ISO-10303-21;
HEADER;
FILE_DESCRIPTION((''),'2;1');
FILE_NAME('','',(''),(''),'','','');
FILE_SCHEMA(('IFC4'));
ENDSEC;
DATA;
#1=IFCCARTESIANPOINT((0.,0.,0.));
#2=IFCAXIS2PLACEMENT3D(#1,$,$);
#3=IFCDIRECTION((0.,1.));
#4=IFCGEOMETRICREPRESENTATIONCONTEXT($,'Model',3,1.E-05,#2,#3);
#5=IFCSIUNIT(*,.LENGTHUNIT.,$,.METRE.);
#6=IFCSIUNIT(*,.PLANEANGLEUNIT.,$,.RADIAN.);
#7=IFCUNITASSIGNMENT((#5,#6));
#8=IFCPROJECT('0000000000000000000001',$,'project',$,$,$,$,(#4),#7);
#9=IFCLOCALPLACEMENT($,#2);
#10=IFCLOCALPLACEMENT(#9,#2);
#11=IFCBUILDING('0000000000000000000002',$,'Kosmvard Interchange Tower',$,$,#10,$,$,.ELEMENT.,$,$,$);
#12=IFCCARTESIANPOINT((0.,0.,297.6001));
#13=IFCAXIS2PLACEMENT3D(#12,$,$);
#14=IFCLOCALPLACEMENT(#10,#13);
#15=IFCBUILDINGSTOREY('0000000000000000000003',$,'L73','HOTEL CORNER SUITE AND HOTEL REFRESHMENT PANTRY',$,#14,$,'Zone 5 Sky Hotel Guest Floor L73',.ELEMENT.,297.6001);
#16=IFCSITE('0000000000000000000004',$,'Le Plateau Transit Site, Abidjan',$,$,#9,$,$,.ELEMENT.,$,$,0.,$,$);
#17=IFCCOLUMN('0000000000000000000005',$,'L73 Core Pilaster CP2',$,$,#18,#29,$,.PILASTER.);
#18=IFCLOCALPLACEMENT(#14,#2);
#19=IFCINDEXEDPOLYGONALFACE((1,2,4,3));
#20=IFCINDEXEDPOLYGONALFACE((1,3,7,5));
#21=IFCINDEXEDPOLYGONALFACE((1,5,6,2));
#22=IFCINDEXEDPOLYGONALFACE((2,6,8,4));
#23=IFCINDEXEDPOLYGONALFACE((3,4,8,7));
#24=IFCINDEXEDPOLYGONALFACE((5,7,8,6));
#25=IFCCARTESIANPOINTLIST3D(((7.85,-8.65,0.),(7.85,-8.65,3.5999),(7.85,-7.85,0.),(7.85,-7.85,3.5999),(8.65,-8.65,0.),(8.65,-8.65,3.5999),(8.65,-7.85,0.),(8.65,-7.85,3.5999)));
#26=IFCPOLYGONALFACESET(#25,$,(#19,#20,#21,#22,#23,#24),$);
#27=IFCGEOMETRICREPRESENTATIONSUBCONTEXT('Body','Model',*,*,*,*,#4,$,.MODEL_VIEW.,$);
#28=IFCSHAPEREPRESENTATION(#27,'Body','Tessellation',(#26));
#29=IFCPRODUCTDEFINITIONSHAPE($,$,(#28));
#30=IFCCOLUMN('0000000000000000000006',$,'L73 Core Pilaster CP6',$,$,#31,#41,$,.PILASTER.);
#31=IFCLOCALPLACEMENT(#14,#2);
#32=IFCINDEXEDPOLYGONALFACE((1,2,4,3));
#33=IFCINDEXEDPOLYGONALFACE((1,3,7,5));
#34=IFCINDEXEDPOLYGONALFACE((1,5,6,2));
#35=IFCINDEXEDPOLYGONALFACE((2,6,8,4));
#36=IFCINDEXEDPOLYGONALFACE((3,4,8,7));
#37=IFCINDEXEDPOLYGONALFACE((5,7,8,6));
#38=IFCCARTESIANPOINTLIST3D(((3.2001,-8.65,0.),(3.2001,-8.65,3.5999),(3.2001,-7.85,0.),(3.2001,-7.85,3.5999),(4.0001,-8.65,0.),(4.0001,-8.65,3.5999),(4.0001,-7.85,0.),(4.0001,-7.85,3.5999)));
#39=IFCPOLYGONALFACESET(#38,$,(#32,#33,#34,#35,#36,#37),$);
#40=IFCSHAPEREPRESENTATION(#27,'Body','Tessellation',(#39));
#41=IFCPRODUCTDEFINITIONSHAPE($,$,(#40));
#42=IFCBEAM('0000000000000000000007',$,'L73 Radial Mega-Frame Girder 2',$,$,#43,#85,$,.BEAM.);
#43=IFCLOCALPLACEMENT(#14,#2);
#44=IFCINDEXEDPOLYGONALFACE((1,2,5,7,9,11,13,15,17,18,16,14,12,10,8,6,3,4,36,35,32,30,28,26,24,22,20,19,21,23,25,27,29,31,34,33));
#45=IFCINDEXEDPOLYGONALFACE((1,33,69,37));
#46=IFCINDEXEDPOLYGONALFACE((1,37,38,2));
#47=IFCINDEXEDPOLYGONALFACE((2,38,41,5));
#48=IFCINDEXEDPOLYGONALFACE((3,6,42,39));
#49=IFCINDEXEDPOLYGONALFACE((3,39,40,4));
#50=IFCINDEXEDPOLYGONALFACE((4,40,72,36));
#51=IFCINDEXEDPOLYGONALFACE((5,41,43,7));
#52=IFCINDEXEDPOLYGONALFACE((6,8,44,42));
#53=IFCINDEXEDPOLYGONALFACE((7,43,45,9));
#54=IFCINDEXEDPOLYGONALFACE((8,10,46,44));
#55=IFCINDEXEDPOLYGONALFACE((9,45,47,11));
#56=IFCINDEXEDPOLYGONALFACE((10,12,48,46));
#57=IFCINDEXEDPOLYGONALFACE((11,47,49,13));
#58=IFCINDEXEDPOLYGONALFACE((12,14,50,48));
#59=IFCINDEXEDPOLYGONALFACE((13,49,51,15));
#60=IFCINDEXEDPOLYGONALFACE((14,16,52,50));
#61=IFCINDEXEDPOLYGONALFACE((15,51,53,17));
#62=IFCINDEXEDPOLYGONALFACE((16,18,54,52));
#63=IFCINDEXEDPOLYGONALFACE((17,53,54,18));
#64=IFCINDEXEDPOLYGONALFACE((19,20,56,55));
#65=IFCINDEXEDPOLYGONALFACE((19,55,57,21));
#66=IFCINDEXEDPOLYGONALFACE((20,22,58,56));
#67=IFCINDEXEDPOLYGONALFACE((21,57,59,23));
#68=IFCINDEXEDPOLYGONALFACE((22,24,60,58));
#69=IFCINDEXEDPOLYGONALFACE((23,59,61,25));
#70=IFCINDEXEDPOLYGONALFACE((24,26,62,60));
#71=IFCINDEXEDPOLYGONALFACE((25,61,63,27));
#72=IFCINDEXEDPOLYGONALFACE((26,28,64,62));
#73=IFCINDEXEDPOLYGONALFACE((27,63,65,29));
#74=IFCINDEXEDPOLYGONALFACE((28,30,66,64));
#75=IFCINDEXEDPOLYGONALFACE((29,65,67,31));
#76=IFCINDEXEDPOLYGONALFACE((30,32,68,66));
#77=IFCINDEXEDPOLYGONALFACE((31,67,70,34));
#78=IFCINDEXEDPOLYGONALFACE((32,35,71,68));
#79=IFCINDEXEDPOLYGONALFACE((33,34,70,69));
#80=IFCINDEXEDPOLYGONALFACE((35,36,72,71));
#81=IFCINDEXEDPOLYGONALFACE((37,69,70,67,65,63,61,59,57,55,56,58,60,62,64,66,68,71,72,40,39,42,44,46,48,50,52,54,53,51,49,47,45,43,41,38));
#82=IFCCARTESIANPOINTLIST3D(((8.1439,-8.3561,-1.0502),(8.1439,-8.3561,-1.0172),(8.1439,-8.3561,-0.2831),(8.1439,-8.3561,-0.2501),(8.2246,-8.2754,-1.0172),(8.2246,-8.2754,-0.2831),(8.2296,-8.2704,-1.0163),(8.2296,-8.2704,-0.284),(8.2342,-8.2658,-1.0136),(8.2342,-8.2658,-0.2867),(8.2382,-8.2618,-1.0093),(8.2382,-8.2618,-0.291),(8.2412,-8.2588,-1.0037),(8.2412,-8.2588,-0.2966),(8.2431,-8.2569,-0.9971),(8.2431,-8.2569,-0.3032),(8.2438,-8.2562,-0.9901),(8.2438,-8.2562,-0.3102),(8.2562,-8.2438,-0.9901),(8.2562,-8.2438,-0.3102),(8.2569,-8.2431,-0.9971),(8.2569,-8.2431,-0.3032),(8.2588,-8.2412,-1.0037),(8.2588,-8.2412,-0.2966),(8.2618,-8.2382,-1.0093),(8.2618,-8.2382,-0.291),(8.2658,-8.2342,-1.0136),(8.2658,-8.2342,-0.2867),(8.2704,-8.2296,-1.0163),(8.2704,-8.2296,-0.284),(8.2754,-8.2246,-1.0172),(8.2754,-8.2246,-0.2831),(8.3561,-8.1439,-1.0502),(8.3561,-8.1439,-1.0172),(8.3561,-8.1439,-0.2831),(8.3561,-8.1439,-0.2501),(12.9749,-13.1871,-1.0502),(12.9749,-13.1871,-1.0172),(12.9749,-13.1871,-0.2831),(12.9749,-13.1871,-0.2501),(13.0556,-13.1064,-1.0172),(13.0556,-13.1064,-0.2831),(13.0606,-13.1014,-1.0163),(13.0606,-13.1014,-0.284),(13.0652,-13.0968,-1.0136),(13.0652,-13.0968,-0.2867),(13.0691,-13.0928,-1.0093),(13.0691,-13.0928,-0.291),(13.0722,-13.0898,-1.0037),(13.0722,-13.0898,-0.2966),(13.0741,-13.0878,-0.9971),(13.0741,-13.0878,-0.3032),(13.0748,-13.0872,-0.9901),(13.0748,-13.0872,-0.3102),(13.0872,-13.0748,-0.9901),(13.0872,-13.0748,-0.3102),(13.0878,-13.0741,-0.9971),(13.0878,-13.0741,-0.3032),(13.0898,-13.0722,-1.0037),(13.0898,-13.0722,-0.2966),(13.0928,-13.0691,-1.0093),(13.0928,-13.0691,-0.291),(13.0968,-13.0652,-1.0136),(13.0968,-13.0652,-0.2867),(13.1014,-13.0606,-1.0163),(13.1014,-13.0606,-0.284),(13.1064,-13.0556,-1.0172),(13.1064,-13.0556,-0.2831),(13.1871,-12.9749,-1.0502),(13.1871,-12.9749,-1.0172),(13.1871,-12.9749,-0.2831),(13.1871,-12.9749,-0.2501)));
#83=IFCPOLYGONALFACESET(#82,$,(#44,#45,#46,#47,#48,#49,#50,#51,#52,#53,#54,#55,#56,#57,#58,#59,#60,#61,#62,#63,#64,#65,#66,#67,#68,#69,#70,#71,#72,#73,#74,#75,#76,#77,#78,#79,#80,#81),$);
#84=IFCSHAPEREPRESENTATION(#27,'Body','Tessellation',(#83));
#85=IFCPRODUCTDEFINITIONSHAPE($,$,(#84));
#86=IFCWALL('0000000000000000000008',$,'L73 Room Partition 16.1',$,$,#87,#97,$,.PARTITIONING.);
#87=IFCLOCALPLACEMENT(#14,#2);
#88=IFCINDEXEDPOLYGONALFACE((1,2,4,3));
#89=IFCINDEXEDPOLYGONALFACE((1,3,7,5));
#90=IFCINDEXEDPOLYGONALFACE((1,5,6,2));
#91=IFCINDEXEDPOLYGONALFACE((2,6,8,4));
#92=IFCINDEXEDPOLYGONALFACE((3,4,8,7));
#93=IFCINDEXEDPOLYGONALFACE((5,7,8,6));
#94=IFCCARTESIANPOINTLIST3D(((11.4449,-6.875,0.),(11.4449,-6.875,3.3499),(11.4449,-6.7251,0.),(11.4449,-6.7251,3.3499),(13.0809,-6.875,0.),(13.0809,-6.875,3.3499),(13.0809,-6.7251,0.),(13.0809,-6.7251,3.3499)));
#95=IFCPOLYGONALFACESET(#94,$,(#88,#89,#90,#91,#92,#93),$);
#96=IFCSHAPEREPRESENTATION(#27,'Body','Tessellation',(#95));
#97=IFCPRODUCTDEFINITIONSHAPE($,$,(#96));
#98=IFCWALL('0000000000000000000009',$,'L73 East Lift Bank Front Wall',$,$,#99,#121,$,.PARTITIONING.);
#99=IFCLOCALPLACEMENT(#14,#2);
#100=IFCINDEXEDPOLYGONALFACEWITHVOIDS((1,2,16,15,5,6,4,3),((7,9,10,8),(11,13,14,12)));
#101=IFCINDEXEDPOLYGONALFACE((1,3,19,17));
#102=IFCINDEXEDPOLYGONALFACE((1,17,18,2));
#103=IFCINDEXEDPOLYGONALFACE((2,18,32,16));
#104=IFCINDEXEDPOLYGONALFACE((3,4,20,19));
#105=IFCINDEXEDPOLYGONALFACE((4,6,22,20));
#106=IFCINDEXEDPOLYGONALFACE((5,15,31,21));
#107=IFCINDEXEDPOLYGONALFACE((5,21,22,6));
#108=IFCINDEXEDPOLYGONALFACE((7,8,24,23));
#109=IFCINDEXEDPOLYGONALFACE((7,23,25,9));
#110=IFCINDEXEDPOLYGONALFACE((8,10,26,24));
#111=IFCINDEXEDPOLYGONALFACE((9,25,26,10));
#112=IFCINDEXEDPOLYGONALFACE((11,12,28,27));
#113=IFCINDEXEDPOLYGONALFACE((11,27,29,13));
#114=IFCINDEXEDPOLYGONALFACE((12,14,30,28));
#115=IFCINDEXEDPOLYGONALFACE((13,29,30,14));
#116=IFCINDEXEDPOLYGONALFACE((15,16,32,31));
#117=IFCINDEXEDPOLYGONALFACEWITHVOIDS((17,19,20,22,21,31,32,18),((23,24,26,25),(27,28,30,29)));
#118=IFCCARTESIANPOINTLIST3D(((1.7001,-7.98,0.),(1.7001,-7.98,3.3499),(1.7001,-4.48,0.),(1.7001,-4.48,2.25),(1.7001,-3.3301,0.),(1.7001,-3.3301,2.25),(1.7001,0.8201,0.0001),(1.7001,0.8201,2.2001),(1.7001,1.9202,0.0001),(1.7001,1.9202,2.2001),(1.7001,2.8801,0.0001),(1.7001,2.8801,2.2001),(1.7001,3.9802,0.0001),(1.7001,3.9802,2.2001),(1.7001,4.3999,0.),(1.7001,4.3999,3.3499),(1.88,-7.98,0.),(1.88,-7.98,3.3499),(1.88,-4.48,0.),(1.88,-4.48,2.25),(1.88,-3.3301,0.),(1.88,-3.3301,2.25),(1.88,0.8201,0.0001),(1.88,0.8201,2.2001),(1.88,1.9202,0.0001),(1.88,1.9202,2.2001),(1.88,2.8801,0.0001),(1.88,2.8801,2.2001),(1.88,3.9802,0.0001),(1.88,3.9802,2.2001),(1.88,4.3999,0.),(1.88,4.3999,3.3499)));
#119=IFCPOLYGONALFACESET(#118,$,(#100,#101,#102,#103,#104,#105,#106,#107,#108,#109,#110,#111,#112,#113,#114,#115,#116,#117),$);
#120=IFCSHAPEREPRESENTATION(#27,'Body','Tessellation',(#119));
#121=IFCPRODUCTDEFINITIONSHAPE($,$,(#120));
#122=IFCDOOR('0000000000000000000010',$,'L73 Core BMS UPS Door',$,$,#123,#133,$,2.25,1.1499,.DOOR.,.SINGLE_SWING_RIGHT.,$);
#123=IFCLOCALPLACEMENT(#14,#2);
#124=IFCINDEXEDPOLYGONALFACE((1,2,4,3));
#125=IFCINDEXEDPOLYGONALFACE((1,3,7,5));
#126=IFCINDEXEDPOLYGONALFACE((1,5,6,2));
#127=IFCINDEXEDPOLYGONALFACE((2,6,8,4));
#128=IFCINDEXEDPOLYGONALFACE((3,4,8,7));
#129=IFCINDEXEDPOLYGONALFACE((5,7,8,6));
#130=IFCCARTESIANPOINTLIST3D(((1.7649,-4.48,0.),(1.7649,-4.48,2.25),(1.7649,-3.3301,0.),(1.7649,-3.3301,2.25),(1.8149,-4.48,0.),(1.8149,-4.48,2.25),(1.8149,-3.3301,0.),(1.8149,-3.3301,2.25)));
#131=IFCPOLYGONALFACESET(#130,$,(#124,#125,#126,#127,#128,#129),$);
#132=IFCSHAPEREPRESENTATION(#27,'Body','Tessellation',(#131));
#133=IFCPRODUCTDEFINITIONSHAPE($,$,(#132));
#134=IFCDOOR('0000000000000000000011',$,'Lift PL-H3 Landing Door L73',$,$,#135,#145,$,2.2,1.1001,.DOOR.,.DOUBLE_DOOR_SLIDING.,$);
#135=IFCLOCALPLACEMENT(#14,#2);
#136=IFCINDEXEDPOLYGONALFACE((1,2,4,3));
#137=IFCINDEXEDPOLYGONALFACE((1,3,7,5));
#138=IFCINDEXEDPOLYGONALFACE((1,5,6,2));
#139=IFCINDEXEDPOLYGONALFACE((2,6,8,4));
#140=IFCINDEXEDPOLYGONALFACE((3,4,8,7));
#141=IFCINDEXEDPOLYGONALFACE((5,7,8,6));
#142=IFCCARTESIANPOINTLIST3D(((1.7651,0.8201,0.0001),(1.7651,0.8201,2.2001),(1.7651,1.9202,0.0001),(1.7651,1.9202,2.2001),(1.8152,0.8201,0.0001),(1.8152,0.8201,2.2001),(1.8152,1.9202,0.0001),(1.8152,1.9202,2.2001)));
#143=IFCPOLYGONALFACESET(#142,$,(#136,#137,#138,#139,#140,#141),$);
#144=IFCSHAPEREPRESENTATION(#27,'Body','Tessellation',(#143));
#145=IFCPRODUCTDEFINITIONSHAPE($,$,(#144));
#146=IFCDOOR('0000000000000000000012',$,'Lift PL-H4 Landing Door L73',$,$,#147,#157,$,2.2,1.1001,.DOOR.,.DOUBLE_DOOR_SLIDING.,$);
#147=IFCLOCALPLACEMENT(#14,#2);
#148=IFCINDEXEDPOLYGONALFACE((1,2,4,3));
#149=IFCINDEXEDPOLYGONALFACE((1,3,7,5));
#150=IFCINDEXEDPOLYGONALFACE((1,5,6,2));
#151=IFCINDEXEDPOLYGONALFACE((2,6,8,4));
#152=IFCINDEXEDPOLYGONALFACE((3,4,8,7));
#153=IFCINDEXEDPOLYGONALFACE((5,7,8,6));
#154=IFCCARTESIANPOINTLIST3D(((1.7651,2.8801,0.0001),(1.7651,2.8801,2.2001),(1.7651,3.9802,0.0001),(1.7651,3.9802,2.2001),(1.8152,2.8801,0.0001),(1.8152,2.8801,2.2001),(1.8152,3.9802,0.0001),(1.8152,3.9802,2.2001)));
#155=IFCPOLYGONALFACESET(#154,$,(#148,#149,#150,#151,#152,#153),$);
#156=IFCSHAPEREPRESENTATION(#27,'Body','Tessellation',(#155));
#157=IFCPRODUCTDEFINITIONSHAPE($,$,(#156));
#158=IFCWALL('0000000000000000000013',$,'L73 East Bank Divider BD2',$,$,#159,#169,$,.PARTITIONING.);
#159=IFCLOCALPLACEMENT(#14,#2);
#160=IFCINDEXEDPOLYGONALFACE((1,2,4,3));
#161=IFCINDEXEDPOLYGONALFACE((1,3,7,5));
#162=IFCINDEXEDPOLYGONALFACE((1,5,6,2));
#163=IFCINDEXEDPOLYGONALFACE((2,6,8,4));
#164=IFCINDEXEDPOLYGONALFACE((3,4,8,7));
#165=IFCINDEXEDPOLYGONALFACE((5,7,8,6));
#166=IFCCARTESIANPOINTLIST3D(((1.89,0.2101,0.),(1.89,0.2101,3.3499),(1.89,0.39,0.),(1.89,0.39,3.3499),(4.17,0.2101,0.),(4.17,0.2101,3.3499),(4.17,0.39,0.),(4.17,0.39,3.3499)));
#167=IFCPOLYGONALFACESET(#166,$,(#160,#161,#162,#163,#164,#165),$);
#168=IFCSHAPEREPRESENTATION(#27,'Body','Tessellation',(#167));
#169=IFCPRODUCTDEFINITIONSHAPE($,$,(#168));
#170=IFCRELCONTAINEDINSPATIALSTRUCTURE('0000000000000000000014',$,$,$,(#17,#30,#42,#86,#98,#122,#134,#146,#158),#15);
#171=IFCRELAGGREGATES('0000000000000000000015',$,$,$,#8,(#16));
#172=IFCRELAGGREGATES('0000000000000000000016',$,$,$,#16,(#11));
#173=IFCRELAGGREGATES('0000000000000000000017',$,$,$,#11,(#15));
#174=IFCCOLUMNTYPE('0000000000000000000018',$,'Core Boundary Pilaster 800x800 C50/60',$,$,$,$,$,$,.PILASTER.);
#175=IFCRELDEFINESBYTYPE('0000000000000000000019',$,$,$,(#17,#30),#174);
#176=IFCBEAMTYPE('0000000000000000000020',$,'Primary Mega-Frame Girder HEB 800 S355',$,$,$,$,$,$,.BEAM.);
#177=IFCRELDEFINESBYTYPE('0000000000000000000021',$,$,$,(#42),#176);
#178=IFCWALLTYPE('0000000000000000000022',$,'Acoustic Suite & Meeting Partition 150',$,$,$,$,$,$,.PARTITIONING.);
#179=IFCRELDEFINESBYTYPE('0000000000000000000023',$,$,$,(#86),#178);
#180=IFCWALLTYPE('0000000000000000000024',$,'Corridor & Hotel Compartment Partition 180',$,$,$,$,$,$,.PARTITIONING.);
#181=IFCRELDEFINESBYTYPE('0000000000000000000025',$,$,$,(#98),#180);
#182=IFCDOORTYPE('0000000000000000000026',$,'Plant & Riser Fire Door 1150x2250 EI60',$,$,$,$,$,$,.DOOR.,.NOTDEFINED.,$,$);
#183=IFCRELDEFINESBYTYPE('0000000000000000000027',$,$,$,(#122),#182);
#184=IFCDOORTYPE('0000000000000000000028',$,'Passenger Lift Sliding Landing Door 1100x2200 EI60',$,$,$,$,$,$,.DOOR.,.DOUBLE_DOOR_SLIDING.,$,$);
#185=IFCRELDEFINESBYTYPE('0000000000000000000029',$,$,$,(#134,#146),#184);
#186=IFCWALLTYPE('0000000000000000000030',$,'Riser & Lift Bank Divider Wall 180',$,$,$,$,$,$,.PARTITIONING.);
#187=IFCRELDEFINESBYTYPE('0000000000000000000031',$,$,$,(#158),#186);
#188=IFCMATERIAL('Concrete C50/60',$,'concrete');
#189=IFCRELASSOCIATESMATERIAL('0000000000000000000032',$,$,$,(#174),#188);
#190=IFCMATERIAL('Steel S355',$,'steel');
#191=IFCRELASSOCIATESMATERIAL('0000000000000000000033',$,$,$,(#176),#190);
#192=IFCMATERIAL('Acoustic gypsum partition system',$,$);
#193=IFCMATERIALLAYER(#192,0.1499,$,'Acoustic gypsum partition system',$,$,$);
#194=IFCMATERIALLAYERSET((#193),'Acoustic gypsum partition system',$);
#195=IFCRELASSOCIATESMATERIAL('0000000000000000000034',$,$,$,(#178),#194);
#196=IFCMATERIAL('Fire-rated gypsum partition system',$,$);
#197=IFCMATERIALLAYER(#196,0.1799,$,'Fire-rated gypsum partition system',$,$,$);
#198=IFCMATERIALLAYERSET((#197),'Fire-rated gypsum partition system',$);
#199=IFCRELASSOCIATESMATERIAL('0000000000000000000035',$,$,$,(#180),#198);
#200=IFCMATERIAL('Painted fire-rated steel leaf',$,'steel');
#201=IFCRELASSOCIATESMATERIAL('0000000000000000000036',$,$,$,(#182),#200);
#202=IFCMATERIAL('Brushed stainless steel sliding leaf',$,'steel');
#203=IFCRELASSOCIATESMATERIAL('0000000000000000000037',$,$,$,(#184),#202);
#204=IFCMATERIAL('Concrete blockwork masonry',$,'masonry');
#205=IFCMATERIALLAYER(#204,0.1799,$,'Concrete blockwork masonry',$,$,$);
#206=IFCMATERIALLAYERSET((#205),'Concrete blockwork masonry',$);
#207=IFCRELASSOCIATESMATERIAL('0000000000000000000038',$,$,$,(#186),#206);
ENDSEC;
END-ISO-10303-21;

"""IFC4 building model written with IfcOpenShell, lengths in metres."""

from ifc_helpers import new_model, si_unit, direction, frame, frame_2d, origin, origin_2d, place, context, subcontext, project, spatial, rectangle, i_section, extrude, source, transform, mapped, material, layer, layer_set, material_profile, profile_set, type_object, element, fill, save


model = new_model("IFC4")

# Units and contexts
model_context = context("Model", 3, precision=1e-05, world=origin(), true_north=direction((0.0, 1.0)))
body_context = subcontext(model_context, "Body", "Model", "MODEL_VIEW")
ifc_project = project(units=[si_unit("LENGTHUNIT", "METRE"), si_unit("PLANEANGLEUNIT", "RADIAN")], contexts=[model_context])

# Site, building, storey
site_placement = place(None, origin())
site = spatial("IfcSite", under=ifc_project, at=site_placement, Name="Le Plateau Transit Site, Abidjan", CompositionType="ELEMENT", RefElevation=0.0)
building_placement = place(site_placement, origin())
building = spatial("IfcBuilding", under=site, at=building_placement, Name="Kosmvard Interchange Tower", CompositionType="ELEMENT")
storey_placement = place(building_placement, frame((0.0, 0.0, 297.6001)))
storey = spatial("IfcBuildingStorey", under=building, at=storey_placement, Name="L73", Description="HOTEL CORNER SUITE AND HOTEL REFRESHMENT PANTRY", LongName="Zone 5 Sky Hotel Guest Floor L73", CompositionType="ELEMENT", Elevation=297.6001)

# Columns
ifc_material_1 = material(Name="Concrete C50/60", Category="concrete")
ifc_material_profile_1 = material_profile(ifc_material_1, rectangle(XDim=0.8, YDim=0.8, at=origin_2d()), Name="CP 800x800")
ifc_profile_set_1 = profile_set([ifc_material_profile_1], Name="Concrete C50/60")
column_type = type_object("IfcColumnType", Name="Core Boundary Pilaster 800x800 C50/60", PredefinedType="PILASTER", material=ifc_profile_set_1)
shared_shape_1 = source(origin(), body_context, "Body", "SweptSolid", [
    extrude(rectangle(XDim=0.8, YDim=0.8, at=origin_2d()), origin(), (0.0, 0.0, 1.0), 3.5999),
])
for number, where, z_axis, x_axis, name in (
    (1, (8.25, -8.25, 0.0), (0.0, 0.0, 1.0), (1.0, 0.0, 0.0), "L73 Core Pilaster CP2"),
    (2, (3.6001, -8.25, 0.0), (0.0, 0.0, 1.0), (1.0, 0.0, 0.0), "L73 Core Pilaster CP6"),
):
    element("IfcColumn", number, at=place(storey_placement, frame(where, z_axis=z_axis, x_axis=x_axis)), inside=storey, type_object=column_type, Name=name, PredefinedType="PILASTER", context=body_context, shape_type="MappedRepresentation", body=[
        mapped(shared_shape_1, transform((0.0, 0.0, 0.0), scale=1.0)),
    ])

# Beam
ifc_material_2 = material(Name="Steel S355", Category="steel")
ifc_material_profile_2 = material_profile(ifc_material_2, i_section(OverallWidth=0.3, OverallDepth=0.8, WebThickness=0.0176, FlangeThickness=0.033, FilletRadius=0.0271, at=origin_2d()), Name="HEB 800")
ifc_profile_set_2 = profile_set([ifc_material_profile_2], Name="Steel S355")
beam_type = type_object("IfcBeamType", Name="Primary Mega-Frame Girder HEB 800 S355", PredefinedType="BEAM", material=ifc_profile_set_2)
shared_shape_2 = source(origin(), body_context, "Body", "SweptSolid", [
    extrude(i_section(OverallWidth=0.3, OverallDepth=0.8, WebThickness=0.0176, FlangeThickness=0.033, FilletRadius=0.0271, at=origin_2d()), origin(), (0.0, 0.0, 1.0), 6.832),
])
beam_placement = place(storey_placement, frame((8.25, -8.25, -0.6501), z_axis=(0.707107, -0.707107, 0.0), x_axis=(0.707107, 0.707107, 0.0)))
element("IfcBeam", 3, at=beam_placement, inside=storey, type_object=beam_type, Name="L73 Radial Mega-Frame Girder 2", PredefinedType="BEAM", context=body_context, shape_type="MappedRepresentation", body=[
    mapped(shared_shape_2, transform((0.0, 0.0, 0.0), scale=1.0)),
])

# Wall
ifc_material_3 = material(Name="Acoustic gypsum partition system")
ifc_layer_1 = layer(ifc_material_3, 0.1499, Name="Acoustic gypsum partition system")
ifc_layer_set_1 = layer_set([ifc_layer_1], Name="Acoustic gypsum partition system")
wall_type_1 = type_object("IfcWallType", Name="Acoustic Suite & Meeting Partition 150", PredefinedType="PARTITIONING", material=ifc_layer_set_1)
wall_1_placement = place(storey_placement, frame((11.4451, -6.8, 0.0), z_axis=(0.0, 0.0, 1.0), x_axis=(1.0, 0.0, 0.0)))
element("IfcWall", 4, at=wall_1_placement, inside=storey, type_object=wall_type_1, Name="L73 Room Partition 16.1", PredefinedType="PARTITIONING", context=body_context, shape_type="SweptSolid", body=[
    extrude(rectangle(XDim=1.636, YDim=0.1499, at=frame_2d((0.8179, 0.0))), origin(), (0.0, 0.0, 1.0), 3.3499),
])

# Wall, openings, doors
ifc_material_4 = material(Name="Fire-rated gypsum partition system")
ifc_layer_2 = layer(ifc_material_4, 0.1799, Name="Fire-rated gypsum partition system")
ifc_layer_set_2 = layer_set([ifc_layer_2], Name="Fire-rated gypsum partition system")
wall_type_2 = type_object("IfcWallType", Name="Corridor & Hotel Compartment Partition 180", PredefinedType="PARTITIONING", material=ifc_layer_set_2)
wall_2_placement = place(storey_placement, frame((1.79, -7.98, 0.0), z_axis=(0.0, 0.0, 1.0), x_axis=(0.0, 1.0, 0.0)))
wall_2 = element("IfcWall", 5, at=wall_2_placement, inside=storey, type_object=wall_type_2, Name="L73 East Lift Bank Front Wall", PredefinedType="PARTITIONING", context=body_context, shape_type="SweptSolid", body=[
    extrude(rectangle(XDim=12.3799, YDim=0.1799, at=frame_2d((6.1899, 0.0))), origin(), (0.0, 0.0, 1.0), 3.3499),
])
opening_1_placement = place(wall_2_placement, frame((8.8, 0.0, 0.0)))
opening_1 = element("IfcOpeningElement", 6, at=opening_1_placement, cuts=wall_2, PredefinedType="OPENING", context=body_context, shape_type="SweptSolid", body=[
    extrude(rectangle(XDim=1.1001, YDim=2.2, at=frame_2d((0.55, 1.1001))), frame((0.0, 0.1001, 0.0), z_axis=(0.0, -1.0, 0.0), x_axis=(1.0, 0.0, 0.0)), (0.0, 0.0, 1.0), 0.2),
])
opening_2_placement = place(wall_2_placement, frame((10.8601, 0.0, 0.0)))
opening_2 = element("IfcOpeningElement", 7, at=opening_2_placement, cuts=wall_2, PredefinedType="OPENING", context=body_context, shape_type="SweptSolid", body=[
    extrude(rectangle(XDim=1.1001, YDim=2.2, at=frame_2d((0.55, 1.1001))), frame((0.0, 0.1001, 0.0), z_axis=(0.0, -1.0, 0.0), x_axis=(1.0, 0.0, 0.0)), (0.0, 0.0, 1.0), 0.2),
])
opening_3_placement = place(wall_2_placement, frame((3.5, 0.0, 0.0)))
opening_3 = element("IfcOpeningElement", 8, at=opening_3_placement, cuts=wall_2, PredefinedType="OPENING", context=body_context, shape_type="SweptSolid", body=[
    extrude(rectangle(XDim=1.1499, YDim=2.25, at=frame_2d((0.575, 1.125))), frame((0.0, 0.1001, 0.0), z_axis=(0.0, -1.0, 0.0), x_axis=(1.0, 0.0, 0.0)), (0.0, 0.0, 1.0), 0.2),
])
ifc_material_5 = material(Name="Painted fire-rated steel leaf", Category="steel")
door_type_1 = type_object("IfcDoorType", Name="Plant & Riser Fire Door 1150x2250 EI60", OperationType="NOTDEFINED", PredefinedType="DOOR", material=ifc_material_5)
shared_shape_3 = source(origin(), body_context, "Body", "SweptSolid", [
    extrude(rectangle(XDim=1.1499, YDim=2.25, at=frame_2d((0.575, 1.125))), frame((0.0, 0.0249, 0.0), z_axis=(0.0, -1.0, 0.0), x_axis=(1.0, 0.0, 0.0)), (0.0, 0.0, 1.0), 0.05),
])
door_1_placement = place(opening_3_placement, frame((1.1499, 0.0, 0.0), z_axis=(0.0, 0.0, 1.0), x_axis=(-1.0, 0.0, 0.0)))
door_1 = element("IfcDoor", 9, at=door_1_placement, inside=storey, type_object=door_type_1, Name="L73 Core BMS UPS Door", OperationType="SINGLE_SWING_RIGHT", OverallHeight=2.25, OverallWidth=1.1499, PredefinedType="DOOR", context=body_context, shape_type="MappedRepresentation", body=[
    mapped(shared_shape_3, transform((0.0, 0.0, 0.0), scale=1.0)),
])
fill(opening_3, door_1)
ifc_material_6 = material(Name="Brushed stainless steel sliding leaf", Category="steel")
door_type_2 = type_object("IfcDoorType", Name="Passenger Lift Sliding Landing Door 1100x2200 EI60", OperationType="DOUBLE_DOOR_SLIDING", PredefinedType="DOOR", material=ifc_material_6)
shared_shape_4 = source(origin(), body_context, "Body", "SweptSolid", [
    extrude(rectangle(XDim=1.1001, YDim=2.2, at=frame_2d((0.55, 1.1001))), frame((0.0, 0.0249, 0.0), z_axis=(0.0, -1.0, 0.0), x_axis=(1.0, 0.0, 0.0)), (0.0, 0.0, 1.0), 0.05),
])
door_2_placement = place(opening_1_placement, origin())
door_2 = element("IfcDoor", 10, at=door_2_placement, inside=storey, type_object=door_type_2, Name="Lift PL-H3 Landing Door L73", OperationType="DOUBLE_DOOR_SLIDING", OverallHeight=2.2, OverallWidth=1.1001, PredefinedType="DOOR", context=body_context, shape_type="MappedRepresentation", body=[
    mapped(shared_shape_4, transform((0.0, 0.0, 0.0), scale=1.0)),
])
fill(opening_1, door_2)
door_3_placement = place(opening_2_placement, origin())
door_3 = element("IfcDoor", 11, at=door_3_placement, inside=storey, type_object=door_type_2, Name="Lift PL-H4 Landing Door L73", OperationType="DOUBLE_DOOR_SLIDING", OverallHeight=2.2, OverallWidth=1.1001, PredefinedType="DOOR", context=body_context, shape_type="MappedRepresentation", body=[
    mapped(shared_shape_4, transform((0.0, 0.0, 0.0), scale=1.0)),
])
fill(opening_2, door_3)

# Wall
ifc_material_7 = material(Name="Concrete blockwork masonry", Category="masonry")
ifc_layer_3 = layer(ifc_material_7, 0.1799, Name="Concrete blockwork masonry")
ifc_layer_set_3 = layer_set([ifc_layer_3], Name="Concrete blockwork masonry")
wall_type_3 = type_object("IfcWallType", Name="Riser & Lift Bank Divider Wall 180", PredefinedType="PARTITIONING", material=ifc_layer_set_3)
wall_3_placement = place(storey_placement, frame((1.8899, 0.3, 0.0), z_axis=(0.0, 0.0, 1.0), x_axis=(1.0, 0.0, 0.0)))
element("IfcWall", 12, at=wall_3_placement, inside=storey, type_object=wall_type_3, Name="L73 East Bank Divider BD2", PredefinedType="PARTITIONING", context=body_context, shape_type="SweptSolid", body=[
    extrude(rectangle(XDim=2.28, YDim=0.1799, at=frame_2d((1.1401, 0.0))), origin(), (0.0, 0.0, 1.0), 3.3499),
])

save(model, "model.ifc")
